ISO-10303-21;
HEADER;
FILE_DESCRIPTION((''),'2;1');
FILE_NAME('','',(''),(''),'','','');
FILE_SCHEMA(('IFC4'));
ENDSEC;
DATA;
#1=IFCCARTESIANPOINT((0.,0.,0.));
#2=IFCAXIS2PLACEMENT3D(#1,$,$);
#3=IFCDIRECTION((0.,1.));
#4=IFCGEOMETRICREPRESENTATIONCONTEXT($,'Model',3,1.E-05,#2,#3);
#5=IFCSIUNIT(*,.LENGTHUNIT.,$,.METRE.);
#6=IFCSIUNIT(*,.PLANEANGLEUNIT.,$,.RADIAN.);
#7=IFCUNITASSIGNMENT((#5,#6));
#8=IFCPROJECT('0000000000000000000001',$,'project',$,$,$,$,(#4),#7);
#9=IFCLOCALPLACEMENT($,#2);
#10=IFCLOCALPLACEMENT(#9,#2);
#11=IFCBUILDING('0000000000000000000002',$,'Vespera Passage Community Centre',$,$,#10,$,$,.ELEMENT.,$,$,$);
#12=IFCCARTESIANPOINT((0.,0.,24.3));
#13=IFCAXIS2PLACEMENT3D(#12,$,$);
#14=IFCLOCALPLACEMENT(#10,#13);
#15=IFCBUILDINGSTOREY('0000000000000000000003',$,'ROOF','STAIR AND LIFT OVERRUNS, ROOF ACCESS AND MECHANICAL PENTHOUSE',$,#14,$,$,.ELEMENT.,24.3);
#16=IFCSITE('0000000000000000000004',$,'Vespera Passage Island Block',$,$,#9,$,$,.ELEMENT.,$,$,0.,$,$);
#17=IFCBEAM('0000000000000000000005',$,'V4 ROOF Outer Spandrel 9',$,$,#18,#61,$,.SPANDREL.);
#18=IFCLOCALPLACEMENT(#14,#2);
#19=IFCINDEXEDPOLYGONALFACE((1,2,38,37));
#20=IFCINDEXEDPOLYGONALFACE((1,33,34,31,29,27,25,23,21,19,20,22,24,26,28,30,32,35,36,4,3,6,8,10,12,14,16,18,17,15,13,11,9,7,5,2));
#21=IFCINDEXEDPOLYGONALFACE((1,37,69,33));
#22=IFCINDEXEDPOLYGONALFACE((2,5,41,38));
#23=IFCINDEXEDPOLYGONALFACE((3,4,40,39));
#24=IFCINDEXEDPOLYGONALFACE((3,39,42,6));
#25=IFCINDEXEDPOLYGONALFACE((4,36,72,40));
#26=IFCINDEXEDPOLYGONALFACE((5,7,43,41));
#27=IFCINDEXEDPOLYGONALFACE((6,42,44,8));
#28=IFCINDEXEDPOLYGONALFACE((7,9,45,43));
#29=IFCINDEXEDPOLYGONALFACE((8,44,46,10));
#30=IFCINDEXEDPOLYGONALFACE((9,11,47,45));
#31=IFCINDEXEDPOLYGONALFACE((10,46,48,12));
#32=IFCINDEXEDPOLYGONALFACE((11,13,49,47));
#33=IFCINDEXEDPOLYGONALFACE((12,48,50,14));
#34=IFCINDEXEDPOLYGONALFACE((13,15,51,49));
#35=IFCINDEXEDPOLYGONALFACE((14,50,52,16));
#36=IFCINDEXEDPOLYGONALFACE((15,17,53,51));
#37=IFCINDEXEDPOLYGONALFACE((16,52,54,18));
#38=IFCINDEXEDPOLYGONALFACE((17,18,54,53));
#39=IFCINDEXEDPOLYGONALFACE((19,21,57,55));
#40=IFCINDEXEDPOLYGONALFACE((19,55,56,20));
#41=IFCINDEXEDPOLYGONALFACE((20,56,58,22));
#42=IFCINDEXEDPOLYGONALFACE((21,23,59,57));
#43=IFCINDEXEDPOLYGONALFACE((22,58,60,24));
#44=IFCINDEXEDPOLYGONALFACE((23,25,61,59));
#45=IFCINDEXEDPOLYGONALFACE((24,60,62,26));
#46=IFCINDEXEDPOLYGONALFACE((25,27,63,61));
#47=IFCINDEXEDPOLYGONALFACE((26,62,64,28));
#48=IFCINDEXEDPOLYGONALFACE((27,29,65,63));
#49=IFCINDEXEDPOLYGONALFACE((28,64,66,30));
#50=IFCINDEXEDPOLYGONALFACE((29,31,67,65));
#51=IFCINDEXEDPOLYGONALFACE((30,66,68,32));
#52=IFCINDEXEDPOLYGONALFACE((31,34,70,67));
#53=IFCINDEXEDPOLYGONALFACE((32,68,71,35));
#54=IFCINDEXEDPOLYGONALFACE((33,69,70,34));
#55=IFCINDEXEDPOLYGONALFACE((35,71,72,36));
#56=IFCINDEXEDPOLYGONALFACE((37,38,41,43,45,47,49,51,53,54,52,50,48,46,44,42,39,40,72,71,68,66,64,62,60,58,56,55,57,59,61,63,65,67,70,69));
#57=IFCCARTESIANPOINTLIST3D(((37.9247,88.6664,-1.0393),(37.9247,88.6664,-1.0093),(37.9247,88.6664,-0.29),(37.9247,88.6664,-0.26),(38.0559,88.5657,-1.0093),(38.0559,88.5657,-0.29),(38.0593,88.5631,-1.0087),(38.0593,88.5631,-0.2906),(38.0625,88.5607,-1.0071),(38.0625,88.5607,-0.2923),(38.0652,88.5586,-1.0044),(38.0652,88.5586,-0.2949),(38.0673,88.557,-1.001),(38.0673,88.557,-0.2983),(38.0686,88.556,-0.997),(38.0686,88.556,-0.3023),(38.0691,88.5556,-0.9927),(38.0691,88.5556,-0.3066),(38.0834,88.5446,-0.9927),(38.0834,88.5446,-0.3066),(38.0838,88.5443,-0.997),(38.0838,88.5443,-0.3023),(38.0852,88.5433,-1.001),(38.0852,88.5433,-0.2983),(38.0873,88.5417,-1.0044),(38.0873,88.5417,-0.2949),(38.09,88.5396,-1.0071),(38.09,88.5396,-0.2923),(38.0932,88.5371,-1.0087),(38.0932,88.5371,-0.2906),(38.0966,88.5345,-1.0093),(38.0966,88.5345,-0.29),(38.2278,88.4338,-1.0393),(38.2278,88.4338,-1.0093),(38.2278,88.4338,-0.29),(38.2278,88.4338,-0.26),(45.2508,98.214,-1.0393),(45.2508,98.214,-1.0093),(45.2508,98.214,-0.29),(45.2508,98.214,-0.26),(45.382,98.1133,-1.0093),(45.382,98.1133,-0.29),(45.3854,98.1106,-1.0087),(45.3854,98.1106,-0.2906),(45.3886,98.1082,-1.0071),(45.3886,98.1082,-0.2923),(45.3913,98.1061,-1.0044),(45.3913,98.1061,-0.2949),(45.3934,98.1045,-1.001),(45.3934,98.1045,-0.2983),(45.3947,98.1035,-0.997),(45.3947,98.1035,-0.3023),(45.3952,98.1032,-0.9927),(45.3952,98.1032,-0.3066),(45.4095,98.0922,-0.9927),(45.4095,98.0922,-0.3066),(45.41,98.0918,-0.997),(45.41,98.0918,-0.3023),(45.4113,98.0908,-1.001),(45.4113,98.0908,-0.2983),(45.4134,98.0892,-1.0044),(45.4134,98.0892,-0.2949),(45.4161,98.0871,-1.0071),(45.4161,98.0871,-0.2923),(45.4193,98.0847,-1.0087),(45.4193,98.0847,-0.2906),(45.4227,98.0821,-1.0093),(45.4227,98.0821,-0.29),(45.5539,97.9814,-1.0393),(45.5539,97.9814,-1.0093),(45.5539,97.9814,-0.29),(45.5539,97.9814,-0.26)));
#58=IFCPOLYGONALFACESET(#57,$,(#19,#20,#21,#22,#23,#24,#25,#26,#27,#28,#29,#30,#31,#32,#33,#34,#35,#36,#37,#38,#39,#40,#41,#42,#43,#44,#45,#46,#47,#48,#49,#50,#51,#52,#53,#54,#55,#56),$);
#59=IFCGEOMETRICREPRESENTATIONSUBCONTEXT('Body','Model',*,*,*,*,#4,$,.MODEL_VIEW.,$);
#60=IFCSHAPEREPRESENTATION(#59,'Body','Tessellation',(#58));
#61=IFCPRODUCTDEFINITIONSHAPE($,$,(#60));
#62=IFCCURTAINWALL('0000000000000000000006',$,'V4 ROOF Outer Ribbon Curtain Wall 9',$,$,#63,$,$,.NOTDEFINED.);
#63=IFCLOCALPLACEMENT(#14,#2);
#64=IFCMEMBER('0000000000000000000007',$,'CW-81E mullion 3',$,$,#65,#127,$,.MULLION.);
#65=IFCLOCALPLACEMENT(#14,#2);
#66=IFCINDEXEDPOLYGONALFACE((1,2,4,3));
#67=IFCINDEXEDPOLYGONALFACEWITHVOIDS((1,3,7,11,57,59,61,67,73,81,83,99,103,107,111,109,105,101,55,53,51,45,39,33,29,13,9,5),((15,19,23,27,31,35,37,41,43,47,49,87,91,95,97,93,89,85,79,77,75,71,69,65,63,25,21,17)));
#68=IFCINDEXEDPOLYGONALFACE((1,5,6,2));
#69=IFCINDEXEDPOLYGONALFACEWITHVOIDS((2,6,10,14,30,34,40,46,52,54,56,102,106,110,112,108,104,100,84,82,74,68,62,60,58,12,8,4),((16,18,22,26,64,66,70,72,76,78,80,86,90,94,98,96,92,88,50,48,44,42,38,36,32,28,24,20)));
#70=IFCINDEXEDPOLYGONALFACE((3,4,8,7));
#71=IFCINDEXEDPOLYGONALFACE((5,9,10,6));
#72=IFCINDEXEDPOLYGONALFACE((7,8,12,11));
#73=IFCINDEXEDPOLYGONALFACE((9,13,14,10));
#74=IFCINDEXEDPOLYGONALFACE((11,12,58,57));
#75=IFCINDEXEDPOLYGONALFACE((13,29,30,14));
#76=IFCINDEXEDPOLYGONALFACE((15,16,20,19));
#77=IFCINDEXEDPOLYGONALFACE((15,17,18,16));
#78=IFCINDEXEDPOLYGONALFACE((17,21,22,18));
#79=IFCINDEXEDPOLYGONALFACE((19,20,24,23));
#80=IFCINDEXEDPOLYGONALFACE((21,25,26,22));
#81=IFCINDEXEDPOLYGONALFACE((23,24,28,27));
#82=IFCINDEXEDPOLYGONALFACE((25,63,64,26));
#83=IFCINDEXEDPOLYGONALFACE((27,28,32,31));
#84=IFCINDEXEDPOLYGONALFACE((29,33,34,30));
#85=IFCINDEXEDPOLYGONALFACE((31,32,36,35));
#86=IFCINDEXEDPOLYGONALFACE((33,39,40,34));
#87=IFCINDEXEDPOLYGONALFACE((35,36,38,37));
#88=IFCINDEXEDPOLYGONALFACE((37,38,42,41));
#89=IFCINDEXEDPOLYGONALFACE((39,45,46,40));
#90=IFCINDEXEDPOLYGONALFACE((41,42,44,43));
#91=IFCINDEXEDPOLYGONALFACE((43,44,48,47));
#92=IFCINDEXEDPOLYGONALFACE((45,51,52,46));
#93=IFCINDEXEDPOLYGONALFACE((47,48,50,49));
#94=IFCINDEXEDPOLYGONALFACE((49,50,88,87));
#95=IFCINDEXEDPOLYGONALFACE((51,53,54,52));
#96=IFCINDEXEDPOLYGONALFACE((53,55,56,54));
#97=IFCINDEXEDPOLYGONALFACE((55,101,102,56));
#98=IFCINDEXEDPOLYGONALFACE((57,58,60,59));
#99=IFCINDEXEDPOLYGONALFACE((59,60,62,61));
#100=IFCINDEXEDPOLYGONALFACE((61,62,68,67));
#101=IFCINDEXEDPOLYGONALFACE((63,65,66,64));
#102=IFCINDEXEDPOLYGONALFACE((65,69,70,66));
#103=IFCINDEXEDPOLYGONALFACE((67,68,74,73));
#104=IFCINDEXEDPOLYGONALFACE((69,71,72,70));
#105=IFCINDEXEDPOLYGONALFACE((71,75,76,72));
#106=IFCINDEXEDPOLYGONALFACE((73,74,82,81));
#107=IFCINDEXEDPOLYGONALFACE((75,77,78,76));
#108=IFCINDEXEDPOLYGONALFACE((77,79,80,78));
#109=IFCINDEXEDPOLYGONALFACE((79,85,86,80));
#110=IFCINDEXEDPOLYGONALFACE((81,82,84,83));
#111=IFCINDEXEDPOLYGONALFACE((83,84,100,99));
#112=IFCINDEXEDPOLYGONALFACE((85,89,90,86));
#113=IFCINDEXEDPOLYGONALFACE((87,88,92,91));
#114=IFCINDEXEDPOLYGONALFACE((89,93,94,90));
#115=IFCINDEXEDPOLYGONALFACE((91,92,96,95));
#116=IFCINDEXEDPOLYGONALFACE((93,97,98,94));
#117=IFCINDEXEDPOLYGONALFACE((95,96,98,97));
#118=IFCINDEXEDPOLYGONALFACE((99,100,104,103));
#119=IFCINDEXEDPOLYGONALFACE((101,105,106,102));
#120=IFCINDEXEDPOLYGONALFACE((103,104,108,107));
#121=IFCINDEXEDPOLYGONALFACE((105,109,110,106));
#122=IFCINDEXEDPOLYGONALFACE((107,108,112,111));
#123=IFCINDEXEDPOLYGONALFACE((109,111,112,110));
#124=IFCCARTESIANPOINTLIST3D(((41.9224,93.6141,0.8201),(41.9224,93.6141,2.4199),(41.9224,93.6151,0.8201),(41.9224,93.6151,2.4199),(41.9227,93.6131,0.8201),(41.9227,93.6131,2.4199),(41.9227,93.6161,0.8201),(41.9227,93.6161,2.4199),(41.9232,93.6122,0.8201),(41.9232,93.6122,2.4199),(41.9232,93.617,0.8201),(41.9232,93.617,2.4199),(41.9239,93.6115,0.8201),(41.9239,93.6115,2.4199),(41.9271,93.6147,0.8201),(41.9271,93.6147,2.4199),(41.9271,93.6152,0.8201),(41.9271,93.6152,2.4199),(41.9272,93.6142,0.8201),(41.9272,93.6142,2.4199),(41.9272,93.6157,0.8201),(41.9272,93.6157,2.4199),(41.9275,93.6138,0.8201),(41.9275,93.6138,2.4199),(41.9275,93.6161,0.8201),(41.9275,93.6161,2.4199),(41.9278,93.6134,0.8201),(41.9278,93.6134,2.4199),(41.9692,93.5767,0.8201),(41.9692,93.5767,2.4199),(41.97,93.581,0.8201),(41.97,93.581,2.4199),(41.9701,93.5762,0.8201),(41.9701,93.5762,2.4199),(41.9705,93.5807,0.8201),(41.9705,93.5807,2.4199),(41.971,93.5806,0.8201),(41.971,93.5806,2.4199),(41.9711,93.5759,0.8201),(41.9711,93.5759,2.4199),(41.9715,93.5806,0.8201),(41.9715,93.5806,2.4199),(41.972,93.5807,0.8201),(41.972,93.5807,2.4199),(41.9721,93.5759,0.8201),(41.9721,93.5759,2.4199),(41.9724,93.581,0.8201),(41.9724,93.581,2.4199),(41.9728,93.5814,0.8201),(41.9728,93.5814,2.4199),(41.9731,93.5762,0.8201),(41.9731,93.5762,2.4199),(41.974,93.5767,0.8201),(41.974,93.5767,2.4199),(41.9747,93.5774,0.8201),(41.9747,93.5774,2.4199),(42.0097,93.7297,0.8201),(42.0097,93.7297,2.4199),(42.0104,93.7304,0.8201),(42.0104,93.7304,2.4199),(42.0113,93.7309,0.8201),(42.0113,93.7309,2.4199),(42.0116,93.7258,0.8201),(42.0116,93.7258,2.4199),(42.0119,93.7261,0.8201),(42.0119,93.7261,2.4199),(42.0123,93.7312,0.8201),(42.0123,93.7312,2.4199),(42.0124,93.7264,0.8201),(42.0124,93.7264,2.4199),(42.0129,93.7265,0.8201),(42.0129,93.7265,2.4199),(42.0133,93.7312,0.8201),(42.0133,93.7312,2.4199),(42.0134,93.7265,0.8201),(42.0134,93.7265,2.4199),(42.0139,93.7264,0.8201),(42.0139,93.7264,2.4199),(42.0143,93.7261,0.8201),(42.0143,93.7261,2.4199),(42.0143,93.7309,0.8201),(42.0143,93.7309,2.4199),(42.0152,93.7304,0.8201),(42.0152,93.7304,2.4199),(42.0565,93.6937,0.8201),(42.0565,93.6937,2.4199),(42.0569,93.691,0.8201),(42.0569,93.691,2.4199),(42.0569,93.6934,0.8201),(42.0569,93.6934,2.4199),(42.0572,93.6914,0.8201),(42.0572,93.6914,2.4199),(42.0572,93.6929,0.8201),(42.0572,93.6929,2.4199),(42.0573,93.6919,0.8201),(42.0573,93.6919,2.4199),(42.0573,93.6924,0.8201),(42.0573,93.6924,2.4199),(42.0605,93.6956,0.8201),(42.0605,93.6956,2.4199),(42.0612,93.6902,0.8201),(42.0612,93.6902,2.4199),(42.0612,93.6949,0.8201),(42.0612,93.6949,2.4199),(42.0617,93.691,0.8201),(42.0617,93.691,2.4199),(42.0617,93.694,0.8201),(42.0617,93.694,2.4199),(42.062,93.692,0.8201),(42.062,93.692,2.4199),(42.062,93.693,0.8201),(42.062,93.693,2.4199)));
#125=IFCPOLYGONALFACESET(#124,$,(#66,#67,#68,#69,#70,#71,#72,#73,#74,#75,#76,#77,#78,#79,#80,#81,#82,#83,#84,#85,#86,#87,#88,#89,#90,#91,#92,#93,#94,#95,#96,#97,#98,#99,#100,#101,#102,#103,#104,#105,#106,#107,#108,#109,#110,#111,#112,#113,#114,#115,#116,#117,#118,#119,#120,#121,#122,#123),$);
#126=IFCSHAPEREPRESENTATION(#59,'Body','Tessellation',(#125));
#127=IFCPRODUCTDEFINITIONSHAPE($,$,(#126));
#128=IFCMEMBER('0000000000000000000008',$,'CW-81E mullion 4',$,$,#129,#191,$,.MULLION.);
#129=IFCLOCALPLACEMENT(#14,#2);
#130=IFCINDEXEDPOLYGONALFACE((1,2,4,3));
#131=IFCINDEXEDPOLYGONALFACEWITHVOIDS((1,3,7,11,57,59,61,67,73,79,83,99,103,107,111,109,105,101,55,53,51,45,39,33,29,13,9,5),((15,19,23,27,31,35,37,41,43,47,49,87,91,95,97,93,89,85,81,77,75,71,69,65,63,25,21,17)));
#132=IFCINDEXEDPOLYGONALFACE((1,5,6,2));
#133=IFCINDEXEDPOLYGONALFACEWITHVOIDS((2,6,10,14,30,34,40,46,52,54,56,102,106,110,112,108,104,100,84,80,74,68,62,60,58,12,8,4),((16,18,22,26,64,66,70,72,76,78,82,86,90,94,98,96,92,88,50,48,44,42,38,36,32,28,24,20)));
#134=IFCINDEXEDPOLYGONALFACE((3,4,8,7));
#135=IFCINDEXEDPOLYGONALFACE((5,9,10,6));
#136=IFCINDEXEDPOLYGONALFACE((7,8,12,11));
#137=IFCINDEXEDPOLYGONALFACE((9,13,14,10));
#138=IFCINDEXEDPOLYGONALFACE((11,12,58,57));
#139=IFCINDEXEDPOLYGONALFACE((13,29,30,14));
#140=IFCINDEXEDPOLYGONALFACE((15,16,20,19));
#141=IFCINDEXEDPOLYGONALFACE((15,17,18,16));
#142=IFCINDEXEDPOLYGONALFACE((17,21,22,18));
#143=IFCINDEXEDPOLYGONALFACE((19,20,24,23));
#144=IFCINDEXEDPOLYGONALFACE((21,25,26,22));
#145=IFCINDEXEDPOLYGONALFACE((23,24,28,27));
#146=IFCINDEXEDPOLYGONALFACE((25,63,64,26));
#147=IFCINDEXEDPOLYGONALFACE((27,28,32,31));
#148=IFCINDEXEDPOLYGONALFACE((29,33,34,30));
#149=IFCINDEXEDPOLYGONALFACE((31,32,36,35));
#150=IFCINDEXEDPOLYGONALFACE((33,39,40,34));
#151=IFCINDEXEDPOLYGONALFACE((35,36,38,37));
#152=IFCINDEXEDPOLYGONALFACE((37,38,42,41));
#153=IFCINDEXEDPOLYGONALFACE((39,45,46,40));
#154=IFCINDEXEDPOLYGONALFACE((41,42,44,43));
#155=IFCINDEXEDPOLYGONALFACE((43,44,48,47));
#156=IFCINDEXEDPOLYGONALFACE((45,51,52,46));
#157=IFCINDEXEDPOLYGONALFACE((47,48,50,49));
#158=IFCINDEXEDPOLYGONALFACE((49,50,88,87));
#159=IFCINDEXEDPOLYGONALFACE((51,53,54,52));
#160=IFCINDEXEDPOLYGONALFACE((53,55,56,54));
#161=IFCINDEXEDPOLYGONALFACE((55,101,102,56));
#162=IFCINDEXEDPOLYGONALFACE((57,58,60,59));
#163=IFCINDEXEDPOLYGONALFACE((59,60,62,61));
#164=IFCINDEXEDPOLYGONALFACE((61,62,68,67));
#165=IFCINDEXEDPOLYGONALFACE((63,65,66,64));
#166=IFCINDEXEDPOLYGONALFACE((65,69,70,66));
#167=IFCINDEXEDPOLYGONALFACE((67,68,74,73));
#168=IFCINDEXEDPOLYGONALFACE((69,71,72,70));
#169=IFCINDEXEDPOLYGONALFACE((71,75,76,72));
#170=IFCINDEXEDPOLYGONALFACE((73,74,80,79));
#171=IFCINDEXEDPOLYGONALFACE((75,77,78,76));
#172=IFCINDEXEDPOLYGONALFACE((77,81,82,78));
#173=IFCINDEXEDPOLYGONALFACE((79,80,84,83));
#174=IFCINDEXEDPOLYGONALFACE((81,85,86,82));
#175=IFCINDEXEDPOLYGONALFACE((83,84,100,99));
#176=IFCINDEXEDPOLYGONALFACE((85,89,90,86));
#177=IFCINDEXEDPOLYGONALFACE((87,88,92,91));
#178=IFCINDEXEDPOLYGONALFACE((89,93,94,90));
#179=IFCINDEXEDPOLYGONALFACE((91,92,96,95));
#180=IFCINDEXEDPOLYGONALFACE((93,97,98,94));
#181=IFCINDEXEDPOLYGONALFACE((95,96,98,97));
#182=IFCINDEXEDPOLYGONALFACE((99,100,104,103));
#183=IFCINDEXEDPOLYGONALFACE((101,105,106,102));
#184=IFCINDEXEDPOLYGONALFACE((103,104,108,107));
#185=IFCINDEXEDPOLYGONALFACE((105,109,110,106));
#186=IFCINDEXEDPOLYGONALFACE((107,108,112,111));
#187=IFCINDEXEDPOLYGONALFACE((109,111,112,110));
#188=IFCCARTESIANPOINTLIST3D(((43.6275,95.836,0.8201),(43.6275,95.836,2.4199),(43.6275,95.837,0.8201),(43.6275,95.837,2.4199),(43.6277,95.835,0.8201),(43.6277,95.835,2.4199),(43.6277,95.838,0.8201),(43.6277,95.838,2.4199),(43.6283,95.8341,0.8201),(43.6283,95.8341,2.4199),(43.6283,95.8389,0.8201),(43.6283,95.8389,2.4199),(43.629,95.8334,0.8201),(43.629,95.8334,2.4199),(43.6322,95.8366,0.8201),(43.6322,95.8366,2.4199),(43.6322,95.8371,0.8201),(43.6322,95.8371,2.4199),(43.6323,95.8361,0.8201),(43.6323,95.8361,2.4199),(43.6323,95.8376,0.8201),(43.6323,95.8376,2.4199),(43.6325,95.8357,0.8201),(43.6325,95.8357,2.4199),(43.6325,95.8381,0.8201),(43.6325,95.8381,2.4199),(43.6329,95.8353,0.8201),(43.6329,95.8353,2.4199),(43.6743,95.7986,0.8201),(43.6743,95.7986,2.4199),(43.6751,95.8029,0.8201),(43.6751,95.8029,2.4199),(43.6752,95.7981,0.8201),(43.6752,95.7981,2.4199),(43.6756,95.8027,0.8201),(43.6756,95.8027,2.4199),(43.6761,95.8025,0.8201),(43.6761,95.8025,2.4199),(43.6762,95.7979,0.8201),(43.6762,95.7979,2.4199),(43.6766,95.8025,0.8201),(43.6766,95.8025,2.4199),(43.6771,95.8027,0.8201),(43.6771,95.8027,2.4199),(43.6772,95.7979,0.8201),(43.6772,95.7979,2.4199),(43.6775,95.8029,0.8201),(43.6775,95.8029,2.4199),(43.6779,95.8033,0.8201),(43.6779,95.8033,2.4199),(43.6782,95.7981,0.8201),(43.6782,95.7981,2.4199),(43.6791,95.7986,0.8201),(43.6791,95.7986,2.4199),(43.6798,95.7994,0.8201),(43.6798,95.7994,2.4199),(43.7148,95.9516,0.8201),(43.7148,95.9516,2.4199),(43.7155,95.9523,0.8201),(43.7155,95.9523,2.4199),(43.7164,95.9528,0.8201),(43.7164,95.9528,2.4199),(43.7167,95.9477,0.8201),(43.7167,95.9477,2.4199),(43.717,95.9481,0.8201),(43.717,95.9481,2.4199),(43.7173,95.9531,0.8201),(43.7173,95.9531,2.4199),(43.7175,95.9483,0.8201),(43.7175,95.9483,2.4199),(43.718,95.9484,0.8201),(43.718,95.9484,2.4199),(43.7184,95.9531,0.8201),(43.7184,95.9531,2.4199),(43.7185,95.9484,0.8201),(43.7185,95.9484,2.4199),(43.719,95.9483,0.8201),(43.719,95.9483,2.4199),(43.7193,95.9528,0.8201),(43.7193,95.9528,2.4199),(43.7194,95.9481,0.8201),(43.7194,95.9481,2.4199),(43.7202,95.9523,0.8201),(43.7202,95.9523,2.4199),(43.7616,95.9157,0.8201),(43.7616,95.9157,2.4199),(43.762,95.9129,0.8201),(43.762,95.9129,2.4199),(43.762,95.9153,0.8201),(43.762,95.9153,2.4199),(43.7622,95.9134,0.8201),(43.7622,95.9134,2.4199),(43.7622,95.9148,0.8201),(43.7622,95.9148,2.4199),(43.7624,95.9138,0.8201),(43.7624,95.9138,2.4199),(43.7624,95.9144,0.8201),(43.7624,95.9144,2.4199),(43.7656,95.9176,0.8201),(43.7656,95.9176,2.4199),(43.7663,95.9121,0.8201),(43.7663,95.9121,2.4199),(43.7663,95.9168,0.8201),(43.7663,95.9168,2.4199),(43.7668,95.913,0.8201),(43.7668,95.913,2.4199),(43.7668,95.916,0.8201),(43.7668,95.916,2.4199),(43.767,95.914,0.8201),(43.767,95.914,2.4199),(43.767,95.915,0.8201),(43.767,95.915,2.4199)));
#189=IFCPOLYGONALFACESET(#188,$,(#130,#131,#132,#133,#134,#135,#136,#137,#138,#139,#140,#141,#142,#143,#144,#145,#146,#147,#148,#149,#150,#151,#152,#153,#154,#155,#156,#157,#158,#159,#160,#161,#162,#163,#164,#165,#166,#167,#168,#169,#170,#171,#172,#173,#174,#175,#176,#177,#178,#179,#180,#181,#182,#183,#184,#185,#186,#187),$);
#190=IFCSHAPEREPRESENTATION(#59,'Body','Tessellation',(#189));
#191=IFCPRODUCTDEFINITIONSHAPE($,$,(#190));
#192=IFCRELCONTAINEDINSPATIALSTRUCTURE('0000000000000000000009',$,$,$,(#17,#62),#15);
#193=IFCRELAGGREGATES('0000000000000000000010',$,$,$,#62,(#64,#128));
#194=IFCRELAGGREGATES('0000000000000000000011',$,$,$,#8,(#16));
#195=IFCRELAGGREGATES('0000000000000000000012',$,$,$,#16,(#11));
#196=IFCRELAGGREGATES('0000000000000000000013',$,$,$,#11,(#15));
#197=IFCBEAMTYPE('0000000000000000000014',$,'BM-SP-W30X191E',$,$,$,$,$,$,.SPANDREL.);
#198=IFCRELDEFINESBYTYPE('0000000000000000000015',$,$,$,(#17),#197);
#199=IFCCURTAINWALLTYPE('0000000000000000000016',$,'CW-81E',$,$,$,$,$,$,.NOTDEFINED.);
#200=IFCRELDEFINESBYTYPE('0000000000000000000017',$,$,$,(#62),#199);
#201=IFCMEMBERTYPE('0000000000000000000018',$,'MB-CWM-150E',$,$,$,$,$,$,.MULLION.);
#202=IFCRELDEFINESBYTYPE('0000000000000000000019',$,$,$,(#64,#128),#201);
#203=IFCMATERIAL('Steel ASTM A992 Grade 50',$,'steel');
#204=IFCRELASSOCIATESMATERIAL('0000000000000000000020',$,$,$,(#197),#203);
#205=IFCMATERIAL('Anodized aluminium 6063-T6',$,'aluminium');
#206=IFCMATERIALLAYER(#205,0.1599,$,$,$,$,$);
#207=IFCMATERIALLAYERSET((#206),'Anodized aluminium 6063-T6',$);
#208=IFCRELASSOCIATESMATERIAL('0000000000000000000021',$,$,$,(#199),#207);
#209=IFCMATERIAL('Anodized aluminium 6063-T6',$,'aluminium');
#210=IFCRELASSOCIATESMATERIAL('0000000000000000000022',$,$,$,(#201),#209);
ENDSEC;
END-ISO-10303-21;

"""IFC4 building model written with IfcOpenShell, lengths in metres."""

from ifc_helpers import new_model, si_unit, direction, frame, origin, origin_2d, place, context, subcontext, project, spatial, hollow_rectangle, i_section, extrude, material, layer, layer_set, material_profile, profile_set, type_object, element, aggregate, save


model = new_model("IFC4")

# Units and contexts
model_context = context("Model", 3, precision=1e-05, world=origin(), true_north=direction((0.0, 1.0)))
body_context = subcontext(model_context, "Body", "Model", "MODEL_VIEW")
ifc_project = project(units=[si_unit("LENGTHUNIT", "METRE"), si_unit("PLANEANGLEUNIT", "RADIAN")], contexts=[model_context])

# Site, building, storey
site_placement = place(None, origin())
site = spatial("IfcSite", under=ifc_project, at=site_placement, Name="Vespera Passage Island Block", CompositionType="ELEMENT", RefElevation=0.0)
building_placement = place(site_placement, origin())
building = spatial("IfcBuilding", under=site, at=building_placement, Name="Vespera Passage Community Centre", CompositionType="ELEMENT")
storey_placement = place(building_placement, frame((0.0, 0.0, 24.3)))
storey = spatial("IfcBuildingStorey", under=building, at=storey_placement, Name="ROOF", Description="STAIR AND LIFT OVERRUNS, ROOF ACCESS AND MECHANICAL PENTHOUSE", CompositionType="ELEMENT", Elevation=24.3)

# Beam
ifc_material_1 = material(Name="Steel ASTM A992 Grade 50", Category="steel")
ifc_material_profile_1 = material_profile(ifc_material_1, i_section(OverallWidth=0.3821, OverallDepth=0.7793, WebThickness=0.0181, FlangeThickness=0.03, FilletRadius=0.0166, at=origin_2d()), Name="W30X191")
ifc_profile_set_1 = profile_set([ifc_material_profile_1], Name="Steel ASTM A992 Grade 50")
beam_type = type_object("IfcBeamType", Name="BM-SP-W30X191E", PredefinedType="SPANDREL", material=ifc_profile_set_1)
beam_placement = place(storey_placement, frame((45.4023, 98.0977, -0.6497), z_axis=(-0.608763, -0.793352, 0.0), x_axis=(0.793352, -0.608763, 0.0)))
element("IfcBeam", 1, at=beam_placement, inside=storey, type_object=beam_type, Name="V4 ROOF Outer Spandrel 9", PredefinedType="SPANDREL", context=body_context, shape_type="SweptSolid", body=[
    extrude(i_section(OverallWidth=0.3821, OverallDepth=0.7793, WebThickness=0.0181, FlangeThickness=0.03, FilletRadius=0.0166, at=origin_2d()), origin(), (0.0, 0.0, 1.0), 12.0344),
])

# Curtain wall, members
ifc_material_2 = material(Name="Anodized aluminium 6063-T6", Category="aluminium")
ifc_layer_1 = layer(ifc_material_2, 0.1599)
ifc_layer_set_1 = layer_set([ifc_layer_1], Name="Anodized aluminium 6063-T6")
curtain_wall_type_1 = type_object("IfcCurtainWallType", Name="CW-81E", PredefinedType="NOTDEFINED", material=ifc_layer_set_1)
curtain_wall_1_placement = place(storey_placement, origin())
curtain_wall_1 = element("IfcCurtainWall", 2, at=curtain_wall_1_placement, inside=storey, type_object=curtain_wall_type_1, Name="V4 ROOF Outer Ribbon Curtain Wall 9", PredefinedType="NOTDEFINED")
ifc_material_3 = material(Name="Anodized aluminium 6063-T6", Category="aluminium")
ifc_material_profile_2 = material_profile(ifc_material_3, hollow_rectangle(XDim=0.0649, YDim=0.1499, WallThickness=0.0039, InnerFilletRadius=0.002, OuterFilletRadius=0.0039, at=origin_2d()), Name="ALU150X65X4")
ifc_profile_set_2 = profile_set([ifc_material_profile_2], Name="Anodized aluminium 6063-T6")
member_type_1 = type_object("IfcMemberType", Name="MB-CWM-150E", PredefinedType="MULLION", material=ifc_profile_set_2)
member_1_placement = place(storey_placement, frame((41.9922, 93.6536, 0.8201), z_axis=(0.0, 0.0, 1.0), x_axis=(-0.79335, 0.608765, 0.0)))
member_1 = element("IfcMember", 3, at=member_1_placement, type_object=member_type_1, Name="CW-81E mullion 3", PredefinedType="MULLION", context=body_context, shape_type="SweptSolid", body=[
    extrude(hollow_rectangle(XDim=0.0649, YDim=0.1499, WallThickness=0.0039, InnerFilletRadius=0.002, OuterFilletRadius=0.0039, at=origin_2d()), origin(), (0.0, 0.0, 1.0), 1.5999),
])
member_2_placement = place(storey_placement, frame((43.6973, 95.8755, 0.8201), z_axis=(0.0, 0.0, 1.0), x_axis=(-0.79335, 0.608765, 0.0)))
member_2 = element("IfcMember", 4, at=member_2_placement, type_object=member_type_1, Name="CW-81E mullion 4", PredefinedType="MULLION", context=body_context, shape_type="SweptSolid", body=[
    extrude(hollow_rectangle(XDim=0.0649, YDim=0.1499, WallThickness=0.0039, InnerFilletRadius=0.002, OuterFilletRadius=0.0039, at=origin_2d()), origin(), (0.0, 0.0, 1.0), 1.5999),
])

aggregate(curtain_wall_1, [member_1, member_2])

save(model, "model.ifc")
